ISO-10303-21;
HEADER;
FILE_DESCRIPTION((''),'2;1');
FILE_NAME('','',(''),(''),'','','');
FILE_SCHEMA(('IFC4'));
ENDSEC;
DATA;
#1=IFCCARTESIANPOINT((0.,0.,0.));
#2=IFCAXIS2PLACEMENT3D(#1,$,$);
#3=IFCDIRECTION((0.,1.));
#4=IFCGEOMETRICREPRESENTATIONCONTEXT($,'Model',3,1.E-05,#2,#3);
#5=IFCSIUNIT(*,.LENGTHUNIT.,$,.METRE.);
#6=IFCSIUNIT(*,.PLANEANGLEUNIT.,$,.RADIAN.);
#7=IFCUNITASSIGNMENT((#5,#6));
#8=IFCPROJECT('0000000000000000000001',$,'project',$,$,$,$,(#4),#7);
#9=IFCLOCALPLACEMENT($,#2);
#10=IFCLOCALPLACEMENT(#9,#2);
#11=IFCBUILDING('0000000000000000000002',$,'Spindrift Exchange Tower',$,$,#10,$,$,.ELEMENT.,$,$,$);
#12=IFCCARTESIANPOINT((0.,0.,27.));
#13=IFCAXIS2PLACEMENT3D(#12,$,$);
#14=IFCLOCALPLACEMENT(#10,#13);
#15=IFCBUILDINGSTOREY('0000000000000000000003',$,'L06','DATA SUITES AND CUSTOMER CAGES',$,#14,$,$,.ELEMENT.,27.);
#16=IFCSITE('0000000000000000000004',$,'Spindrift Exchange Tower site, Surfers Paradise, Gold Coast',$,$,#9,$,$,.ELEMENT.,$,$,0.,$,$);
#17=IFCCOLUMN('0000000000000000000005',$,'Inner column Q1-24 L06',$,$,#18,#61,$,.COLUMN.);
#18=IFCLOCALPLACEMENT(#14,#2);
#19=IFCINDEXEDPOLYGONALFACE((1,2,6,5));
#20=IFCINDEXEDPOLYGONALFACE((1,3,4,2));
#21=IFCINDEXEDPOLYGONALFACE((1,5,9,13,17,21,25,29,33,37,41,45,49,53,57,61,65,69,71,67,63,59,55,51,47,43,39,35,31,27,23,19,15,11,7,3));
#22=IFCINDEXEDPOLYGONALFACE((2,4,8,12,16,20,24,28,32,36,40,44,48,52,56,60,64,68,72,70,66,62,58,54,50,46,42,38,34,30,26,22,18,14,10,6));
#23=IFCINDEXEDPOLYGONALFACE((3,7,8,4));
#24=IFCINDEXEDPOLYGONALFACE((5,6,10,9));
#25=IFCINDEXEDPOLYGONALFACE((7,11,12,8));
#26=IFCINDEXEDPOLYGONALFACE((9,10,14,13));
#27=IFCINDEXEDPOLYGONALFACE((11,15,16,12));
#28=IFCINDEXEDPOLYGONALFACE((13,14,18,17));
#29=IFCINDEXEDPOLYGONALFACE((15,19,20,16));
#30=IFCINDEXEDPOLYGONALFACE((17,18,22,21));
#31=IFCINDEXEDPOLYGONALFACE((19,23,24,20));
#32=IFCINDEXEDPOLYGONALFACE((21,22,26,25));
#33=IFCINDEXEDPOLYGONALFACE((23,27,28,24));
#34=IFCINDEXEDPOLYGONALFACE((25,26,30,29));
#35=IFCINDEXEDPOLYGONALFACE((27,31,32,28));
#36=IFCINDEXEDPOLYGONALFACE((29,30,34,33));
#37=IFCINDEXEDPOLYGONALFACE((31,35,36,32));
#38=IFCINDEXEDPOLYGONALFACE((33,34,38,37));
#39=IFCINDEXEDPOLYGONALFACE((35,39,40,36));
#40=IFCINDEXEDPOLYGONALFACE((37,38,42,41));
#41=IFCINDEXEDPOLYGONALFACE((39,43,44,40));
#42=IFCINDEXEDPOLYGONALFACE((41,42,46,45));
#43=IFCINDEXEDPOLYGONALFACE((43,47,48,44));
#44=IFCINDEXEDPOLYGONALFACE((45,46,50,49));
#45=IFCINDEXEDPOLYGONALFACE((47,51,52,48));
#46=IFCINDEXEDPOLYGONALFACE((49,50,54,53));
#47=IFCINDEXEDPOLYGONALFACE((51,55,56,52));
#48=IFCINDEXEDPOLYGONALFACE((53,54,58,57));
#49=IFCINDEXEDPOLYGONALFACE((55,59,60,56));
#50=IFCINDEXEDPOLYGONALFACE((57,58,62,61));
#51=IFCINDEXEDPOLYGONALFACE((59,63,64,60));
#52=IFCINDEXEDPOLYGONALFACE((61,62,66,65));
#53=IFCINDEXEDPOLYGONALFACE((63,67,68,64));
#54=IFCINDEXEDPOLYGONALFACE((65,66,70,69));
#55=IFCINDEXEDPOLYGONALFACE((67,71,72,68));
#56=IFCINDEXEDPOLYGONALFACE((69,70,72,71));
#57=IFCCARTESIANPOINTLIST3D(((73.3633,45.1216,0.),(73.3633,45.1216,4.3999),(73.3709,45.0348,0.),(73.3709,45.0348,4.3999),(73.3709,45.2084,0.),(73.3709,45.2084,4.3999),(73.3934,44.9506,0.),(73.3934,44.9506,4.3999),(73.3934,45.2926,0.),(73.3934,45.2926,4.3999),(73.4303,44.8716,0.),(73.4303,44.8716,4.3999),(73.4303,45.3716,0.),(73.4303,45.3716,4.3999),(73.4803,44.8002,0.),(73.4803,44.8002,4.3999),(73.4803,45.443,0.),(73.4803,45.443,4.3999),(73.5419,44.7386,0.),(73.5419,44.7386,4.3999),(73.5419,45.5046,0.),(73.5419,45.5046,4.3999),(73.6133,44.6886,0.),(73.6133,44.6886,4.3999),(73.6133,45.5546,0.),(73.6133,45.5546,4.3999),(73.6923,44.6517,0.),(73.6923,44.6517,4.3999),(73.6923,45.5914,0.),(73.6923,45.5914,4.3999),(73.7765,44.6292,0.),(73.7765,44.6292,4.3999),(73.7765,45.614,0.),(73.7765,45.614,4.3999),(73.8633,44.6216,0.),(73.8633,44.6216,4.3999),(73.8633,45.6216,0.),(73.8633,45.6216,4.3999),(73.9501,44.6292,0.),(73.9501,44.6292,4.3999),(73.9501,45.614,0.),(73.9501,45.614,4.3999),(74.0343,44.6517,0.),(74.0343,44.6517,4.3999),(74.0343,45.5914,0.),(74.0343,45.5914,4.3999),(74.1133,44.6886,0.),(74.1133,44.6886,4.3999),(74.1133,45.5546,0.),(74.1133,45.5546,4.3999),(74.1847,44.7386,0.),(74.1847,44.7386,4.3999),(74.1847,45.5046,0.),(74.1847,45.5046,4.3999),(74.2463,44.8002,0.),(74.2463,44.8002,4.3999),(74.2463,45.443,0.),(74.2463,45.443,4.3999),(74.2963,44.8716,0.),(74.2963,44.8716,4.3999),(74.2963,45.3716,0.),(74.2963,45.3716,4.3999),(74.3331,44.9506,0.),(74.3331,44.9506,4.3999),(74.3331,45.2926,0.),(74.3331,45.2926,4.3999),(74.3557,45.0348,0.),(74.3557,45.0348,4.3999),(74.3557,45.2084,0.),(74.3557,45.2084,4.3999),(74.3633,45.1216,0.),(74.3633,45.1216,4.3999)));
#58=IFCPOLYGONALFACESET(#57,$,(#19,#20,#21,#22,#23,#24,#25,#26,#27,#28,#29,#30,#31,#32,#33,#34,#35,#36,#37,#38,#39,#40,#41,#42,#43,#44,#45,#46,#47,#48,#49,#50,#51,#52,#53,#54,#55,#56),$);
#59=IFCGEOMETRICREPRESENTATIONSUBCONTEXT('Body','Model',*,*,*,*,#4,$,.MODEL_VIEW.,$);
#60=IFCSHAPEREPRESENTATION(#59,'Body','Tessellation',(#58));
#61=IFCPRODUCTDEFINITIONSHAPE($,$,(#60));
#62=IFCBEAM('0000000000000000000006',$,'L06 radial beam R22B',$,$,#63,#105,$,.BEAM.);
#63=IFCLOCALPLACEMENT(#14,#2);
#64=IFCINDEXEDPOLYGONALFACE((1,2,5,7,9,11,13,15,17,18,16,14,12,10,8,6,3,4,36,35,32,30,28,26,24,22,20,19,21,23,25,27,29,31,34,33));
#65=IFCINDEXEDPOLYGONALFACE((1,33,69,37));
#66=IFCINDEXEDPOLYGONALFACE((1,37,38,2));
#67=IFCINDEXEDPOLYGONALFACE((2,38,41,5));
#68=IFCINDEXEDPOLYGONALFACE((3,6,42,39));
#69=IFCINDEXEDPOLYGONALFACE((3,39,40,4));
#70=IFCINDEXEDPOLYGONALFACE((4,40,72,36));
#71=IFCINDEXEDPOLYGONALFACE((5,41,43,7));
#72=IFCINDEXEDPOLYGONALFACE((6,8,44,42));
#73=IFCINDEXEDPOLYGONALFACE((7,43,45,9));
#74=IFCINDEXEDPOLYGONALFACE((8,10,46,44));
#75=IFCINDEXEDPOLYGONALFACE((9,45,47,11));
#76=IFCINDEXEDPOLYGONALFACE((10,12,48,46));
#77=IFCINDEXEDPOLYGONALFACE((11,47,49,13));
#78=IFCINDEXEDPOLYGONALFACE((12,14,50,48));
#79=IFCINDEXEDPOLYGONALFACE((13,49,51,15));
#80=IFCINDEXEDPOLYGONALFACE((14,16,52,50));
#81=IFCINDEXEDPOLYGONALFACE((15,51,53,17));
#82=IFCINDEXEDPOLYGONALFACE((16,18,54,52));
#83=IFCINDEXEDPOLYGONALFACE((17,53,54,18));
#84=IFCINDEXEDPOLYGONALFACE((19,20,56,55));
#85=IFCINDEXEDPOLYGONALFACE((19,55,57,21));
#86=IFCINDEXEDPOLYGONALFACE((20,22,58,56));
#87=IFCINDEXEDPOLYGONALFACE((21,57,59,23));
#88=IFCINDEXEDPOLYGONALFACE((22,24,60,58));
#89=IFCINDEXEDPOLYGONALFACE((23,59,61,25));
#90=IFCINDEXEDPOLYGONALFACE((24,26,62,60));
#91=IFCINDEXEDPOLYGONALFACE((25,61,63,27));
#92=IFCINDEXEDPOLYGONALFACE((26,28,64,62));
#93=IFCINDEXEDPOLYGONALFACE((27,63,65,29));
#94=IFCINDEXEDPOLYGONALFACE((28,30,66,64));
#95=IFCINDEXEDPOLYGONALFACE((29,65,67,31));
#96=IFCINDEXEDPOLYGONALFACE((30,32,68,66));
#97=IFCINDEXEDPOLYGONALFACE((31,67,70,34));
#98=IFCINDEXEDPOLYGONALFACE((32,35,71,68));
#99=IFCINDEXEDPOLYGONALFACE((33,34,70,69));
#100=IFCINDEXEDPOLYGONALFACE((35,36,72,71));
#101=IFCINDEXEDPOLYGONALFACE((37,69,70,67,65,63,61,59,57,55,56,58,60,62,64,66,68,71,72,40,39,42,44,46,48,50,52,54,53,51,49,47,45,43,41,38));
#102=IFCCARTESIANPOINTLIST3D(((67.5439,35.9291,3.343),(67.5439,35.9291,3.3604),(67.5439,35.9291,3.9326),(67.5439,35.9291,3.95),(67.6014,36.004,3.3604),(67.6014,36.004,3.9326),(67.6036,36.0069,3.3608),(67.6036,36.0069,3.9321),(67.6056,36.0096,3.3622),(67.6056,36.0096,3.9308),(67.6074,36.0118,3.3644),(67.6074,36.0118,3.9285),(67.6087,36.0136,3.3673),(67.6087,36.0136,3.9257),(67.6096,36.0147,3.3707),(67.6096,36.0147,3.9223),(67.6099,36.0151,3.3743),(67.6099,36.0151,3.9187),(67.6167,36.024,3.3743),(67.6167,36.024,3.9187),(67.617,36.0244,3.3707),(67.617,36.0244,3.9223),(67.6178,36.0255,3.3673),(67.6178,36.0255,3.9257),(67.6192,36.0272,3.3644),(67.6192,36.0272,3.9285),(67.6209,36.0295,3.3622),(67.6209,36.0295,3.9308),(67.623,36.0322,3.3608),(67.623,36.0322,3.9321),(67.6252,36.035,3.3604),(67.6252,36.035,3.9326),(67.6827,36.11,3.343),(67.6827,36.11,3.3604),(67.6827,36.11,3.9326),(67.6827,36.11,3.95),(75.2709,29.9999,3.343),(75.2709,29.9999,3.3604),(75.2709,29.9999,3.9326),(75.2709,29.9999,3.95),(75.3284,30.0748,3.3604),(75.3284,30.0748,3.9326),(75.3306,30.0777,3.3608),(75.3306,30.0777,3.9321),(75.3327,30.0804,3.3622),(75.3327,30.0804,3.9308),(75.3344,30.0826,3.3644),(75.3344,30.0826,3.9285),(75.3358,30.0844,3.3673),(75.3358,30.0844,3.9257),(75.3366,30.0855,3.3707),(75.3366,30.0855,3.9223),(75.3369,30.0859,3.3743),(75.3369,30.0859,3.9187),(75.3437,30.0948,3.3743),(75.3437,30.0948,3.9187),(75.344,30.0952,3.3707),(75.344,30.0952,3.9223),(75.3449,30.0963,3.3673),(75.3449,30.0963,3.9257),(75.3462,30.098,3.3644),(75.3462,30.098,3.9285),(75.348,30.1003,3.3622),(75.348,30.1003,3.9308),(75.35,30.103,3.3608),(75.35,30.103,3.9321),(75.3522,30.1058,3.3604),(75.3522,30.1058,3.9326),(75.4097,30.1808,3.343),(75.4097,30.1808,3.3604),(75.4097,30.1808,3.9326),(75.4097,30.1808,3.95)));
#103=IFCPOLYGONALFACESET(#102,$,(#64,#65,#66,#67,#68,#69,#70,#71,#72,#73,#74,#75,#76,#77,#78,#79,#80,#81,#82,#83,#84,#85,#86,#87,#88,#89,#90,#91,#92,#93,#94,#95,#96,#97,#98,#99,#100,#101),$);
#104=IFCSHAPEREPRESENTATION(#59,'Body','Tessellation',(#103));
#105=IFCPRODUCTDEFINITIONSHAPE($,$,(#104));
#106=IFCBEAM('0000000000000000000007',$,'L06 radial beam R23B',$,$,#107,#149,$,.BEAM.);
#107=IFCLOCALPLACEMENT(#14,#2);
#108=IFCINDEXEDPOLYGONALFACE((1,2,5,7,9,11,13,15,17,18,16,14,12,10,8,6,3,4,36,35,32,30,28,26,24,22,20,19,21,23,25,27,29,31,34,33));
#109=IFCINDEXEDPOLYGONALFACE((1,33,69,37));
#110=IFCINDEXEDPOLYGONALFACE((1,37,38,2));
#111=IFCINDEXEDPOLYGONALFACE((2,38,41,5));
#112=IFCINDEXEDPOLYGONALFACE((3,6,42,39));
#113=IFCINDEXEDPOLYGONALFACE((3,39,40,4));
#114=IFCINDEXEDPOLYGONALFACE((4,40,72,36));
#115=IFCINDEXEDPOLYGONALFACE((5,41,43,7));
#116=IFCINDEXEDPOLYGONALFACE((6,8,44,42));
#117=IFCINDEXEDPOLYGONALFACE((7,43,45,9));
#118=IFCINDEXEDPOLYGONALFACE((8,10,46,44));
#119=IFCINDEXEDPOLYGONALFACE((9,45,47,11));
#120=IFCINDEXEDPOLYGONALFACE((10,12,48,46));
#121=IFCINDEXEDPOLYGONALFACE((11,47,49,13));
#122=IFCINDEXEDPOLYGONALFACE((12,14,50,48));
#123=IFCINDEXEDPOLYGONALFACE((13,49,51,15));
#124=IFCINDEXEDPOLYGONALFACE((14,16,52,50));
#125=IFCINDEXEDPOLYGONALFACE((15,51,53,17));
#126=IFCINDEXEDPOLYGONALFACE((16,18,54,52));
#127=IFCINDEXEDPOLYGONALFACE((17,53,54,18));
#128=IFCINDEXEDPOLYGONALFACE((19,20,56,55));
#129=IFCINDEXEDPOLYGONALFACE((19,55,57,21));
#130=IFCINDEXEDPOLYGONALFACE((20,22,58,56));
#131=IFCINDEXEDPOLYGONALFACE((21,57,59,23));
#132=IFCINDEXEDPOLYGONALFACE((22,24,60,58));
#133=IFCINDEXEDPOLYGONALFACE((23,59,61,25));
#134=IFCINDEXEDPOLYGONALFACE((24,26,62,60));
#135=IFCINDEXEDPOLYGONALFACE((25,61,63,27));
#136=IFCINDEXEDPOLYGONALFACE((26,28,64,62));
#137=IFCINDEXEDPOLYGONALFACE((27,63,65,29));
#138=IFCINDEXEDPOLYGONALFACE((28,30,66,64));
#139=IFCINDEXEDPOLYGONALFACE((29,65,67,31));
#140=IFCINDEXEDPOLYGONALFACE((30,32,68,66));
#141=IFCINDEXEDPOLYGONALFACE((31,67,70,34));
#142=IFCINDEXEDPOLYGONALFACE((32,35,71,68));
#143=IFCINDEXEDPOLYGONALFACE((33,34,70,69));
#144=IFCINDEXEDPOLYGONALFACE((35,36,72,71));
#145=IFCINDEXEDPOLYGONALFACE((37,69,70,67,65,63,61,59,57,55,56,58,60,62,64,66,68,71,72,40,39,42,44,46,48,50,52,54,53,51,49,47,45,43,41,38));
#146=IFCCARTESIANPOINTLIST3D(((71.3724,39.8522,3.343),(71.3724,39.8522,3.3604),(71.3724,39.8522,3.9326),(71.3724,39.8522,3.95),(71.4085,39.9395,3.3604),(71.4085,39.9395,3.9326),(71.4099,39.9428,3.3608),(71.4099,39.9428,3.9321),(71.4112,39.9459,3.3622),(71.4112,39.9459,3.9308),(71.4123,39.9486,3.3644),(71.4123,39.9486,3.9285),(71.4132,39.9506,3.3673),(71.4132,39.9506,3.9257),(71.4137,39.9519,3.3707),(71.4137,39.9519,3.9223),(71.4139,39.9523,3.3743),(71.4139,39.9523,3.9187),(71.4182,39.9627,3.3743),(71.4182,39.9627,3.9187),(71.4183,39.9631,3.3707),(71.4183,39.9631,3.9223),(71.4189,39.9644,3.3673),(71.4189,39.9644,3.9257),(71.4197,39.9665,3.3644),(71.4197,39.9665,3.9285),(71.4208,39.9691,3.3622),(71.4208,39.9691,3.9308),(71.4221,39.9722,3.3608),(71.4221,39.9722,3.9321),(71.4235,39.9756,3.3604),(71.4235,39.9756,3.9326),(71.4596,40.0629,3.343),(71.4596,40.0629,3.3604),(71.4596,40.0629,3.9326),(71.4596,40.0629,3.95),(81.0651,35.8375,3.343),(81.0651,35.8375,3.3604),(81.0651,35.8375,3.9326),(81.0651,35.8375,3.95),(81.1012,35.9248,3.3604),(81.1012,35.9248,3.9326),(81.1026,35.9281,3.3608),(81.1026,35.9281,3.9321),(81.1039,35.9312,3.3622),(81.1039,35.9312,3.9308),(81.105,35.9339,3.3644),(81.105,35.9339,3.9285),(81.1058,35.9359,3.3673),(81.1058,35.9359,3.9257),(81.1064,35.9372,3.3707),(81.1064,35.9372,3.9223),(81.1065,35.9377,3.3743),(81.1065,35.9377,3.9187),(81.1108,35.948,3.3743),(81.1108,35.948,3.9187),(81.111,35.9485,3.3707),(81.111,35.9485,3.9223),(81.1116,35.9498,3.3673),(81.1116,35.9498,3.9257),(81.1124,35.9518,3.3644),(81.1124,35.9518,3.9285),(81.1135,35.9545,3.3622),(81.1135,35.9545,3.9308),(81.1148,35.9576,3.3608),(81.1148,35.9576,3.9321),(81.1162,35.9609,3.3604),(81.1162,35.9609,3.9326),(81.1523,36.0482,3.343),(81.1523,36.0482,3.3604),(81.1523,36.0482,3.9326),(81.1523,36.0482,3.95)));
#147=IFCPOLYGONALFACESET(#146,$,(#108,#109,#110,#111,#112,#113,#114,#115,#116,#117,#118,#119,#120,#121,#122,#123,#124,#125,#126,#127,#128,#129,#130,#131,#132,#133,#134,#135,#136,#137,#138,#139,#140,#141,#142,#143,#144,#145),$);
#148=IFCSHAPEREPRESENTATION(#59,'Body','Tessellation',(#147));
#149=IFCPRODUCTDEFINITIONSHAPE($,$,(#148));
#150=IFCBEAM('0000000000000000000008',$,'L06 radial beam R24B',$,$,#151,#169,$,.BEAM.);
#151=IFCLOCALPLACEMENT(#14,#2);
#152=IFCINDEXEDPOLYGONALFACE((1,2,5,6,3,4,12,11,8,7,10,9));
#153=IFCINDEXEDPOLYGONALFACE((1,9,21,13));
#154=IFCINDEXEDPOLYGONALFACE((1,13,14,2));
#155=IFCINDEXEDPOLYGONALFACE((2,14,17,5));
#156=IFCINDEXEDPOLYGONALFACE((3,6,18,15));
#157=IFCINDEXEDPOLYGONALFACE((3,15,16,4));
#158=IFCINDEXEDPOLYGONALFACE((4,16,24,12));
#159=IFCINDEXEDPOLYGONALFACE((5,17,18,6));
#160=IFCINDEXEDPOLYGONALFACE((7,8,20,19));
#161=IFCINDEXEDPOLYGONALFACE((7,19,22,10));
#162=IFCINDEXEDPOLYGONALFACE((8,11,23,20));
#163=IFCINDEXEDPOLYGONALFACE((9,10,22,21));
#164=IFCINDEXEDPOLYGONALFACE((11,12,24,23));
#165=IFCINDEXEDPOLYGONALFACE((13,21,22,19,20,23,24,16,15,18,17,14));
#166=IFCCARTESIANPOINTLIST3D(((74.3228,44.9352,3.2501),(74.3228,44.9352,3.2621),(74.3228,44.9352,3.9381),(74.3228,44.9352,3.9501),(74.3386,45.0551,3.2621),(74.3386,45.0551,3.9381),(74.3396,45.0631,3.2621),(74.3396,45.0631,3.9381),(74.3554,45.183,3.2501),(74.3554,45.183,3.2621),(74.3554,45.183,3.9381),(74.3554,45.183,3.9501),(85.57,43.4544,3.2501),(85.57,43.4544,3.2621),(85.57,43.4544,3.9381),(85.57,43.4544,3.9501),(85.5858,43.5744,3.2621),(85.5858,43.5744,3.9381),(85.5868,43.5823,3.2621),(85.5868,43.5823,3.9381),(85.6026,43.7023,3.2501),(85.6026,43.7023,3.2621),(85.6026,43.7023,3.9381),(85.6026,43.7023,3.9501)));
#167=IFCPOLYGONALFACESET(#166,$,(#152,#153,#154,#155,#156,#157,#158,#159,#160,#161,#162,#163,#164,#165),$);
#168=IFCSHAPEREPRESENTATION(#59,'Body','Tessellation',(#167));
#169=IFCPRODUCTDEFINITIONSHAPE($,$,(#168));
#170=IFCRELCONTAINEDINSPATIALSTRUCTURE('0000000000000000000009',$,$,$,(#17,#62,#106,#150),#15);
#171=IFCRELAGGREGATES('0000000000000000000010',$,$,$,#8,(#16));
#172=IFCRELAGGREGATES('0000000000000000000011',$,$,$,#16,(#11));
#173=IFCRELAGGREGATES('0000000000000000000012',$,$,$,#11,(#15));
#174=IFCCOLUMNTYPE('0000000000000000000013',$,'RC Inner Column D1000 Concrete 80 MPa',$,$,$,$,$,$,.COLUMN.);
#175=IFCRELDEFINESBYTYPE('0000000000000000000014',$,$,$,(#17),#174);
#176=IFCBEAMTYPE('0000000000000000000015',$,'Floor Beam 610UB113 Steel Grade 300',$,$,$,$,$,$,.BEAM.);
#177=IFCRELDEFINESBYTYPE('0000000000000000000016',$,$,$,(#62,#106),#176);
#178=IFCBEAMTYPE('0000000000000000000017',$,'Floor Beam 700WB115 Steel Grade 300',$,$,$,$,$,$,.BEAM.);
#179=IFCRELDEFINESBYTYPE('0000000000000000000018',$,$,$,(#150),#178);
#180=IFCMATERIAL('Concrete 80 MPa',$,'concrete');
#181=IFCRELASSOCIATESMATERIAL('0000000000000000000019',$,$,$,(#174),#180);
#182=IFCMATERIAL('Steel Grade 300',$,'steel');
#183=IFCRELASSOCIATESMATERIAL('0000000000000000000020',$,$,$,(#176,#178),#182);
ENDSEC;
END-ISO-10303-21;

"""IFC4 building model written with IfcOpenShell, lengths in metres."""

from ifc_helpers import new_model, si_unit, direction, frame, origin, origin_2d, place, context, subcontext, project, spatial, circle, i_section, extrude, source, transform, mapped, material, material_profile, profile_set, type_object, element, save


model = new_model("IFC4")

# Units and contexts
model_context = context("Model", 3, precision=1e-05, world=origin(), true_north=direction((0.0, 1.0)))
body_context = subcontext(model_context, "Body", "Model", "MODEL_VIEW")
ifc_project = project(units=[si_unit("LENGTHUNIT", "METRE"), si_unit("PLANEANGLEUNIT", "RADIAN")], contexts=[model_context])

# Site, building, storey
site_placement = place(None, origin())
site = spatial("IfcSite", under=ifc_project, at=site_placement, Name="Spindrift Exchange Tower site, Surfers Paradise, Gold Coast", CompositionType="ELEMENT", RefElevation=0.0)
building_placement = place(site_placement, origin())
building = spatial("IfcBuilding", under=site, at=building_placement, Name="Spindrift Exchange Tower", CompositionType="ELEMENT")
storey_placement = place(building_placement, frame((0.0, 0.0, 27.0)))
storey = spatial("IfcBuildingStorey", under=building, at=storey_placement, Name="L06", Description="DATA SUITES AND CUSTOMER CAGES", CompositionType="ELEMENT", Elevation=27.0)

# Column
ifc_material_1 = material(Name="Concrete 80 MPa", Category="concrete")
ifc_material_profile_1 = material_profile(ifc_material_1, circle(Radius=0.5, at=origin_2d()), Name="RC D1000")
ifc_profile_set_1 = profile_set([ifc_material_profile_1], Name="Concrete 80 MPa")
column_type_1 = type_object("IfcColumnType", Name="RC Inner Column D1000 Concrete 80 MPa", PredefinedType="COLUMN", material=ifc_profile_set_1)
shared_shape_1 = source(origin(), body_context, "Body", "SweptSolid", [
    extrude(circle(Radius=0.5, at=origin_2d()), origin(), (0.0, 0.0, 1.0), 4.3999),
])
for number, where, z_axis, x_axis, name in (
    (1, (73.8633, 45.1216, 0.0), (0.0, 0.0, 1.0), (1.0, 0.0, 0.0), "Inner column Q1-24 L06"),
):
    element("IfcColumn", number, at=place(storey_placement, frame(where, z_axis=z_axis, x_axis=x_axis)), inside=storey, type_object=column_type_1, Name=name, PredefinedType="COLUMN", context=body_context, shape_type="MappedRepresentation", body=[
        mapped(shared_shape_1, transform((0.0, 0.0, 0.0), scale=1.0)),
    ])

# Beams
ifc_material_2 = material(Name="Steel Grade 300", Category="steel")
ifc_material_profile_2 = material_profile(ifc_material_2, i_section(OverallWidth=0.228, OverallDepth=0.6069, WebThickness=0.0112, FlangeThickness=0.0173, FilletRadius=0.0139, at=origin_2d()), Name="610UB113")
ifc_profile_set_2 = profile_set([ifc_material_profile_2], Name="Steel Grade 300")
beam_type_1 = type_object("IfcBeamType", Name="Floor Beam 610UB113 Steel Grade 300", PredefinedType="BEAM", material=ifc_profile_set_2)
shared_shape_2 = source(origin(), body_context, "Body", "SweptSolid", [
    extrude(i_section(OverallWidth=0.228, OverallDepth=0.6069, WebThickness=0.0112, FlangeThickness=0.0173, FilletRadius=0.0139, at=origin_2d()), origin(), (0.0, 0.0, 1.0), 9.7397),
])
beam_1_placement = place(storey_placement, frame((67.6133, 36.0195, 3.6465), z_axis=(0.793352, -0.608763, 0.0), x_axis=(0.608763, 0.793352, 0.0)))
element("IfcBeam", 2, at=beam_1_placement, inside=storey, type_object=beam_type_1, Name="L06 radial beam R22B", PredefinedType="BEAM", context=body_context, shape_type="MappedRepresentation", body=[
    mapped(shared_shape_2, transform((0.0, 0.0, 0.0), scale=1.0)),
])
shared_shape_3 = source(origin(), body_context, "Body", "SweptSolid", [
    extrude(i_section(OverallWidth=0.228, OverallDepth=0.6069, WebThickness=0.0112, FlangeThickness=0.0173, FilletRadius=0.0139, at=origin_2d()), origin(), (0.0, 0.0, 1.0), 10.4912),
])
beam_2_placement = place(storey_placement, frame((71.416, 39.9575, 3.6465), z_axis=(0.923885, -0.38267, 0.0), x_axis=(0.38267, 0.923885, 0.0)))
element("IfcBeam", 3, at=beam_2_placement, inside=storey, type_object=beam_type_1, Name="L06 radial beam R23B", PredefinedType="BEAM", context=body_context, shape_type="MappedRepresentation", body=[
    mapped(shared_shape_3, transform((0.0, 0.0, 0.0), scale=1.0)),
])
ifc_material_profile_3 = material_profile(ifc_material_2, i_section(OverallWidth=0.25, OverallDepth=0.7, WebThickness=0.0081, FlangeThickness=0.012, at=origin_2d()), Name="700WB115")
ifc_profile_set_3 = profile_set([ifc_material_profile_3], Name="Steel Grade 300")
beam_type_2 = type_object("IfcBeamType", Name="Floor Beam 700WB115 Steel Grade 300", PredefinedType="BEAM", material=ifc_profile_set_3)
shared_shape_4 = source(origin(), body_context, "Body", "SweptSolid", [
    extrude(i_section(OverallWidth=0.25, OverallDepth=0.7, WebThickness=0.0081, FlangeThickness=0.012, at=origin_2d()), origin(), (0.0, 0.0, 1.0), 11.3442),
])
beam_3_placement = place(storey_placement, frame((74.3391, 45.0591, 3.6001), z_axis=(0.991445, -0.130527, 0.0), x_axis=(0.130527, 0.991445, 0.0)))
element("IfcBeam", 4, at=beam_3_placement, inside=storey, type_object=beam_type_2, Name="L06 radial beam R24B", PredefinedType="BEAM", context=body_context, shape_type="MappedRepresentation", body=[
    mapped(shared_shape_4, transform((0.0, 0.0, 0.0), scale=1.0)),
])

save(model, "model.ifc")
